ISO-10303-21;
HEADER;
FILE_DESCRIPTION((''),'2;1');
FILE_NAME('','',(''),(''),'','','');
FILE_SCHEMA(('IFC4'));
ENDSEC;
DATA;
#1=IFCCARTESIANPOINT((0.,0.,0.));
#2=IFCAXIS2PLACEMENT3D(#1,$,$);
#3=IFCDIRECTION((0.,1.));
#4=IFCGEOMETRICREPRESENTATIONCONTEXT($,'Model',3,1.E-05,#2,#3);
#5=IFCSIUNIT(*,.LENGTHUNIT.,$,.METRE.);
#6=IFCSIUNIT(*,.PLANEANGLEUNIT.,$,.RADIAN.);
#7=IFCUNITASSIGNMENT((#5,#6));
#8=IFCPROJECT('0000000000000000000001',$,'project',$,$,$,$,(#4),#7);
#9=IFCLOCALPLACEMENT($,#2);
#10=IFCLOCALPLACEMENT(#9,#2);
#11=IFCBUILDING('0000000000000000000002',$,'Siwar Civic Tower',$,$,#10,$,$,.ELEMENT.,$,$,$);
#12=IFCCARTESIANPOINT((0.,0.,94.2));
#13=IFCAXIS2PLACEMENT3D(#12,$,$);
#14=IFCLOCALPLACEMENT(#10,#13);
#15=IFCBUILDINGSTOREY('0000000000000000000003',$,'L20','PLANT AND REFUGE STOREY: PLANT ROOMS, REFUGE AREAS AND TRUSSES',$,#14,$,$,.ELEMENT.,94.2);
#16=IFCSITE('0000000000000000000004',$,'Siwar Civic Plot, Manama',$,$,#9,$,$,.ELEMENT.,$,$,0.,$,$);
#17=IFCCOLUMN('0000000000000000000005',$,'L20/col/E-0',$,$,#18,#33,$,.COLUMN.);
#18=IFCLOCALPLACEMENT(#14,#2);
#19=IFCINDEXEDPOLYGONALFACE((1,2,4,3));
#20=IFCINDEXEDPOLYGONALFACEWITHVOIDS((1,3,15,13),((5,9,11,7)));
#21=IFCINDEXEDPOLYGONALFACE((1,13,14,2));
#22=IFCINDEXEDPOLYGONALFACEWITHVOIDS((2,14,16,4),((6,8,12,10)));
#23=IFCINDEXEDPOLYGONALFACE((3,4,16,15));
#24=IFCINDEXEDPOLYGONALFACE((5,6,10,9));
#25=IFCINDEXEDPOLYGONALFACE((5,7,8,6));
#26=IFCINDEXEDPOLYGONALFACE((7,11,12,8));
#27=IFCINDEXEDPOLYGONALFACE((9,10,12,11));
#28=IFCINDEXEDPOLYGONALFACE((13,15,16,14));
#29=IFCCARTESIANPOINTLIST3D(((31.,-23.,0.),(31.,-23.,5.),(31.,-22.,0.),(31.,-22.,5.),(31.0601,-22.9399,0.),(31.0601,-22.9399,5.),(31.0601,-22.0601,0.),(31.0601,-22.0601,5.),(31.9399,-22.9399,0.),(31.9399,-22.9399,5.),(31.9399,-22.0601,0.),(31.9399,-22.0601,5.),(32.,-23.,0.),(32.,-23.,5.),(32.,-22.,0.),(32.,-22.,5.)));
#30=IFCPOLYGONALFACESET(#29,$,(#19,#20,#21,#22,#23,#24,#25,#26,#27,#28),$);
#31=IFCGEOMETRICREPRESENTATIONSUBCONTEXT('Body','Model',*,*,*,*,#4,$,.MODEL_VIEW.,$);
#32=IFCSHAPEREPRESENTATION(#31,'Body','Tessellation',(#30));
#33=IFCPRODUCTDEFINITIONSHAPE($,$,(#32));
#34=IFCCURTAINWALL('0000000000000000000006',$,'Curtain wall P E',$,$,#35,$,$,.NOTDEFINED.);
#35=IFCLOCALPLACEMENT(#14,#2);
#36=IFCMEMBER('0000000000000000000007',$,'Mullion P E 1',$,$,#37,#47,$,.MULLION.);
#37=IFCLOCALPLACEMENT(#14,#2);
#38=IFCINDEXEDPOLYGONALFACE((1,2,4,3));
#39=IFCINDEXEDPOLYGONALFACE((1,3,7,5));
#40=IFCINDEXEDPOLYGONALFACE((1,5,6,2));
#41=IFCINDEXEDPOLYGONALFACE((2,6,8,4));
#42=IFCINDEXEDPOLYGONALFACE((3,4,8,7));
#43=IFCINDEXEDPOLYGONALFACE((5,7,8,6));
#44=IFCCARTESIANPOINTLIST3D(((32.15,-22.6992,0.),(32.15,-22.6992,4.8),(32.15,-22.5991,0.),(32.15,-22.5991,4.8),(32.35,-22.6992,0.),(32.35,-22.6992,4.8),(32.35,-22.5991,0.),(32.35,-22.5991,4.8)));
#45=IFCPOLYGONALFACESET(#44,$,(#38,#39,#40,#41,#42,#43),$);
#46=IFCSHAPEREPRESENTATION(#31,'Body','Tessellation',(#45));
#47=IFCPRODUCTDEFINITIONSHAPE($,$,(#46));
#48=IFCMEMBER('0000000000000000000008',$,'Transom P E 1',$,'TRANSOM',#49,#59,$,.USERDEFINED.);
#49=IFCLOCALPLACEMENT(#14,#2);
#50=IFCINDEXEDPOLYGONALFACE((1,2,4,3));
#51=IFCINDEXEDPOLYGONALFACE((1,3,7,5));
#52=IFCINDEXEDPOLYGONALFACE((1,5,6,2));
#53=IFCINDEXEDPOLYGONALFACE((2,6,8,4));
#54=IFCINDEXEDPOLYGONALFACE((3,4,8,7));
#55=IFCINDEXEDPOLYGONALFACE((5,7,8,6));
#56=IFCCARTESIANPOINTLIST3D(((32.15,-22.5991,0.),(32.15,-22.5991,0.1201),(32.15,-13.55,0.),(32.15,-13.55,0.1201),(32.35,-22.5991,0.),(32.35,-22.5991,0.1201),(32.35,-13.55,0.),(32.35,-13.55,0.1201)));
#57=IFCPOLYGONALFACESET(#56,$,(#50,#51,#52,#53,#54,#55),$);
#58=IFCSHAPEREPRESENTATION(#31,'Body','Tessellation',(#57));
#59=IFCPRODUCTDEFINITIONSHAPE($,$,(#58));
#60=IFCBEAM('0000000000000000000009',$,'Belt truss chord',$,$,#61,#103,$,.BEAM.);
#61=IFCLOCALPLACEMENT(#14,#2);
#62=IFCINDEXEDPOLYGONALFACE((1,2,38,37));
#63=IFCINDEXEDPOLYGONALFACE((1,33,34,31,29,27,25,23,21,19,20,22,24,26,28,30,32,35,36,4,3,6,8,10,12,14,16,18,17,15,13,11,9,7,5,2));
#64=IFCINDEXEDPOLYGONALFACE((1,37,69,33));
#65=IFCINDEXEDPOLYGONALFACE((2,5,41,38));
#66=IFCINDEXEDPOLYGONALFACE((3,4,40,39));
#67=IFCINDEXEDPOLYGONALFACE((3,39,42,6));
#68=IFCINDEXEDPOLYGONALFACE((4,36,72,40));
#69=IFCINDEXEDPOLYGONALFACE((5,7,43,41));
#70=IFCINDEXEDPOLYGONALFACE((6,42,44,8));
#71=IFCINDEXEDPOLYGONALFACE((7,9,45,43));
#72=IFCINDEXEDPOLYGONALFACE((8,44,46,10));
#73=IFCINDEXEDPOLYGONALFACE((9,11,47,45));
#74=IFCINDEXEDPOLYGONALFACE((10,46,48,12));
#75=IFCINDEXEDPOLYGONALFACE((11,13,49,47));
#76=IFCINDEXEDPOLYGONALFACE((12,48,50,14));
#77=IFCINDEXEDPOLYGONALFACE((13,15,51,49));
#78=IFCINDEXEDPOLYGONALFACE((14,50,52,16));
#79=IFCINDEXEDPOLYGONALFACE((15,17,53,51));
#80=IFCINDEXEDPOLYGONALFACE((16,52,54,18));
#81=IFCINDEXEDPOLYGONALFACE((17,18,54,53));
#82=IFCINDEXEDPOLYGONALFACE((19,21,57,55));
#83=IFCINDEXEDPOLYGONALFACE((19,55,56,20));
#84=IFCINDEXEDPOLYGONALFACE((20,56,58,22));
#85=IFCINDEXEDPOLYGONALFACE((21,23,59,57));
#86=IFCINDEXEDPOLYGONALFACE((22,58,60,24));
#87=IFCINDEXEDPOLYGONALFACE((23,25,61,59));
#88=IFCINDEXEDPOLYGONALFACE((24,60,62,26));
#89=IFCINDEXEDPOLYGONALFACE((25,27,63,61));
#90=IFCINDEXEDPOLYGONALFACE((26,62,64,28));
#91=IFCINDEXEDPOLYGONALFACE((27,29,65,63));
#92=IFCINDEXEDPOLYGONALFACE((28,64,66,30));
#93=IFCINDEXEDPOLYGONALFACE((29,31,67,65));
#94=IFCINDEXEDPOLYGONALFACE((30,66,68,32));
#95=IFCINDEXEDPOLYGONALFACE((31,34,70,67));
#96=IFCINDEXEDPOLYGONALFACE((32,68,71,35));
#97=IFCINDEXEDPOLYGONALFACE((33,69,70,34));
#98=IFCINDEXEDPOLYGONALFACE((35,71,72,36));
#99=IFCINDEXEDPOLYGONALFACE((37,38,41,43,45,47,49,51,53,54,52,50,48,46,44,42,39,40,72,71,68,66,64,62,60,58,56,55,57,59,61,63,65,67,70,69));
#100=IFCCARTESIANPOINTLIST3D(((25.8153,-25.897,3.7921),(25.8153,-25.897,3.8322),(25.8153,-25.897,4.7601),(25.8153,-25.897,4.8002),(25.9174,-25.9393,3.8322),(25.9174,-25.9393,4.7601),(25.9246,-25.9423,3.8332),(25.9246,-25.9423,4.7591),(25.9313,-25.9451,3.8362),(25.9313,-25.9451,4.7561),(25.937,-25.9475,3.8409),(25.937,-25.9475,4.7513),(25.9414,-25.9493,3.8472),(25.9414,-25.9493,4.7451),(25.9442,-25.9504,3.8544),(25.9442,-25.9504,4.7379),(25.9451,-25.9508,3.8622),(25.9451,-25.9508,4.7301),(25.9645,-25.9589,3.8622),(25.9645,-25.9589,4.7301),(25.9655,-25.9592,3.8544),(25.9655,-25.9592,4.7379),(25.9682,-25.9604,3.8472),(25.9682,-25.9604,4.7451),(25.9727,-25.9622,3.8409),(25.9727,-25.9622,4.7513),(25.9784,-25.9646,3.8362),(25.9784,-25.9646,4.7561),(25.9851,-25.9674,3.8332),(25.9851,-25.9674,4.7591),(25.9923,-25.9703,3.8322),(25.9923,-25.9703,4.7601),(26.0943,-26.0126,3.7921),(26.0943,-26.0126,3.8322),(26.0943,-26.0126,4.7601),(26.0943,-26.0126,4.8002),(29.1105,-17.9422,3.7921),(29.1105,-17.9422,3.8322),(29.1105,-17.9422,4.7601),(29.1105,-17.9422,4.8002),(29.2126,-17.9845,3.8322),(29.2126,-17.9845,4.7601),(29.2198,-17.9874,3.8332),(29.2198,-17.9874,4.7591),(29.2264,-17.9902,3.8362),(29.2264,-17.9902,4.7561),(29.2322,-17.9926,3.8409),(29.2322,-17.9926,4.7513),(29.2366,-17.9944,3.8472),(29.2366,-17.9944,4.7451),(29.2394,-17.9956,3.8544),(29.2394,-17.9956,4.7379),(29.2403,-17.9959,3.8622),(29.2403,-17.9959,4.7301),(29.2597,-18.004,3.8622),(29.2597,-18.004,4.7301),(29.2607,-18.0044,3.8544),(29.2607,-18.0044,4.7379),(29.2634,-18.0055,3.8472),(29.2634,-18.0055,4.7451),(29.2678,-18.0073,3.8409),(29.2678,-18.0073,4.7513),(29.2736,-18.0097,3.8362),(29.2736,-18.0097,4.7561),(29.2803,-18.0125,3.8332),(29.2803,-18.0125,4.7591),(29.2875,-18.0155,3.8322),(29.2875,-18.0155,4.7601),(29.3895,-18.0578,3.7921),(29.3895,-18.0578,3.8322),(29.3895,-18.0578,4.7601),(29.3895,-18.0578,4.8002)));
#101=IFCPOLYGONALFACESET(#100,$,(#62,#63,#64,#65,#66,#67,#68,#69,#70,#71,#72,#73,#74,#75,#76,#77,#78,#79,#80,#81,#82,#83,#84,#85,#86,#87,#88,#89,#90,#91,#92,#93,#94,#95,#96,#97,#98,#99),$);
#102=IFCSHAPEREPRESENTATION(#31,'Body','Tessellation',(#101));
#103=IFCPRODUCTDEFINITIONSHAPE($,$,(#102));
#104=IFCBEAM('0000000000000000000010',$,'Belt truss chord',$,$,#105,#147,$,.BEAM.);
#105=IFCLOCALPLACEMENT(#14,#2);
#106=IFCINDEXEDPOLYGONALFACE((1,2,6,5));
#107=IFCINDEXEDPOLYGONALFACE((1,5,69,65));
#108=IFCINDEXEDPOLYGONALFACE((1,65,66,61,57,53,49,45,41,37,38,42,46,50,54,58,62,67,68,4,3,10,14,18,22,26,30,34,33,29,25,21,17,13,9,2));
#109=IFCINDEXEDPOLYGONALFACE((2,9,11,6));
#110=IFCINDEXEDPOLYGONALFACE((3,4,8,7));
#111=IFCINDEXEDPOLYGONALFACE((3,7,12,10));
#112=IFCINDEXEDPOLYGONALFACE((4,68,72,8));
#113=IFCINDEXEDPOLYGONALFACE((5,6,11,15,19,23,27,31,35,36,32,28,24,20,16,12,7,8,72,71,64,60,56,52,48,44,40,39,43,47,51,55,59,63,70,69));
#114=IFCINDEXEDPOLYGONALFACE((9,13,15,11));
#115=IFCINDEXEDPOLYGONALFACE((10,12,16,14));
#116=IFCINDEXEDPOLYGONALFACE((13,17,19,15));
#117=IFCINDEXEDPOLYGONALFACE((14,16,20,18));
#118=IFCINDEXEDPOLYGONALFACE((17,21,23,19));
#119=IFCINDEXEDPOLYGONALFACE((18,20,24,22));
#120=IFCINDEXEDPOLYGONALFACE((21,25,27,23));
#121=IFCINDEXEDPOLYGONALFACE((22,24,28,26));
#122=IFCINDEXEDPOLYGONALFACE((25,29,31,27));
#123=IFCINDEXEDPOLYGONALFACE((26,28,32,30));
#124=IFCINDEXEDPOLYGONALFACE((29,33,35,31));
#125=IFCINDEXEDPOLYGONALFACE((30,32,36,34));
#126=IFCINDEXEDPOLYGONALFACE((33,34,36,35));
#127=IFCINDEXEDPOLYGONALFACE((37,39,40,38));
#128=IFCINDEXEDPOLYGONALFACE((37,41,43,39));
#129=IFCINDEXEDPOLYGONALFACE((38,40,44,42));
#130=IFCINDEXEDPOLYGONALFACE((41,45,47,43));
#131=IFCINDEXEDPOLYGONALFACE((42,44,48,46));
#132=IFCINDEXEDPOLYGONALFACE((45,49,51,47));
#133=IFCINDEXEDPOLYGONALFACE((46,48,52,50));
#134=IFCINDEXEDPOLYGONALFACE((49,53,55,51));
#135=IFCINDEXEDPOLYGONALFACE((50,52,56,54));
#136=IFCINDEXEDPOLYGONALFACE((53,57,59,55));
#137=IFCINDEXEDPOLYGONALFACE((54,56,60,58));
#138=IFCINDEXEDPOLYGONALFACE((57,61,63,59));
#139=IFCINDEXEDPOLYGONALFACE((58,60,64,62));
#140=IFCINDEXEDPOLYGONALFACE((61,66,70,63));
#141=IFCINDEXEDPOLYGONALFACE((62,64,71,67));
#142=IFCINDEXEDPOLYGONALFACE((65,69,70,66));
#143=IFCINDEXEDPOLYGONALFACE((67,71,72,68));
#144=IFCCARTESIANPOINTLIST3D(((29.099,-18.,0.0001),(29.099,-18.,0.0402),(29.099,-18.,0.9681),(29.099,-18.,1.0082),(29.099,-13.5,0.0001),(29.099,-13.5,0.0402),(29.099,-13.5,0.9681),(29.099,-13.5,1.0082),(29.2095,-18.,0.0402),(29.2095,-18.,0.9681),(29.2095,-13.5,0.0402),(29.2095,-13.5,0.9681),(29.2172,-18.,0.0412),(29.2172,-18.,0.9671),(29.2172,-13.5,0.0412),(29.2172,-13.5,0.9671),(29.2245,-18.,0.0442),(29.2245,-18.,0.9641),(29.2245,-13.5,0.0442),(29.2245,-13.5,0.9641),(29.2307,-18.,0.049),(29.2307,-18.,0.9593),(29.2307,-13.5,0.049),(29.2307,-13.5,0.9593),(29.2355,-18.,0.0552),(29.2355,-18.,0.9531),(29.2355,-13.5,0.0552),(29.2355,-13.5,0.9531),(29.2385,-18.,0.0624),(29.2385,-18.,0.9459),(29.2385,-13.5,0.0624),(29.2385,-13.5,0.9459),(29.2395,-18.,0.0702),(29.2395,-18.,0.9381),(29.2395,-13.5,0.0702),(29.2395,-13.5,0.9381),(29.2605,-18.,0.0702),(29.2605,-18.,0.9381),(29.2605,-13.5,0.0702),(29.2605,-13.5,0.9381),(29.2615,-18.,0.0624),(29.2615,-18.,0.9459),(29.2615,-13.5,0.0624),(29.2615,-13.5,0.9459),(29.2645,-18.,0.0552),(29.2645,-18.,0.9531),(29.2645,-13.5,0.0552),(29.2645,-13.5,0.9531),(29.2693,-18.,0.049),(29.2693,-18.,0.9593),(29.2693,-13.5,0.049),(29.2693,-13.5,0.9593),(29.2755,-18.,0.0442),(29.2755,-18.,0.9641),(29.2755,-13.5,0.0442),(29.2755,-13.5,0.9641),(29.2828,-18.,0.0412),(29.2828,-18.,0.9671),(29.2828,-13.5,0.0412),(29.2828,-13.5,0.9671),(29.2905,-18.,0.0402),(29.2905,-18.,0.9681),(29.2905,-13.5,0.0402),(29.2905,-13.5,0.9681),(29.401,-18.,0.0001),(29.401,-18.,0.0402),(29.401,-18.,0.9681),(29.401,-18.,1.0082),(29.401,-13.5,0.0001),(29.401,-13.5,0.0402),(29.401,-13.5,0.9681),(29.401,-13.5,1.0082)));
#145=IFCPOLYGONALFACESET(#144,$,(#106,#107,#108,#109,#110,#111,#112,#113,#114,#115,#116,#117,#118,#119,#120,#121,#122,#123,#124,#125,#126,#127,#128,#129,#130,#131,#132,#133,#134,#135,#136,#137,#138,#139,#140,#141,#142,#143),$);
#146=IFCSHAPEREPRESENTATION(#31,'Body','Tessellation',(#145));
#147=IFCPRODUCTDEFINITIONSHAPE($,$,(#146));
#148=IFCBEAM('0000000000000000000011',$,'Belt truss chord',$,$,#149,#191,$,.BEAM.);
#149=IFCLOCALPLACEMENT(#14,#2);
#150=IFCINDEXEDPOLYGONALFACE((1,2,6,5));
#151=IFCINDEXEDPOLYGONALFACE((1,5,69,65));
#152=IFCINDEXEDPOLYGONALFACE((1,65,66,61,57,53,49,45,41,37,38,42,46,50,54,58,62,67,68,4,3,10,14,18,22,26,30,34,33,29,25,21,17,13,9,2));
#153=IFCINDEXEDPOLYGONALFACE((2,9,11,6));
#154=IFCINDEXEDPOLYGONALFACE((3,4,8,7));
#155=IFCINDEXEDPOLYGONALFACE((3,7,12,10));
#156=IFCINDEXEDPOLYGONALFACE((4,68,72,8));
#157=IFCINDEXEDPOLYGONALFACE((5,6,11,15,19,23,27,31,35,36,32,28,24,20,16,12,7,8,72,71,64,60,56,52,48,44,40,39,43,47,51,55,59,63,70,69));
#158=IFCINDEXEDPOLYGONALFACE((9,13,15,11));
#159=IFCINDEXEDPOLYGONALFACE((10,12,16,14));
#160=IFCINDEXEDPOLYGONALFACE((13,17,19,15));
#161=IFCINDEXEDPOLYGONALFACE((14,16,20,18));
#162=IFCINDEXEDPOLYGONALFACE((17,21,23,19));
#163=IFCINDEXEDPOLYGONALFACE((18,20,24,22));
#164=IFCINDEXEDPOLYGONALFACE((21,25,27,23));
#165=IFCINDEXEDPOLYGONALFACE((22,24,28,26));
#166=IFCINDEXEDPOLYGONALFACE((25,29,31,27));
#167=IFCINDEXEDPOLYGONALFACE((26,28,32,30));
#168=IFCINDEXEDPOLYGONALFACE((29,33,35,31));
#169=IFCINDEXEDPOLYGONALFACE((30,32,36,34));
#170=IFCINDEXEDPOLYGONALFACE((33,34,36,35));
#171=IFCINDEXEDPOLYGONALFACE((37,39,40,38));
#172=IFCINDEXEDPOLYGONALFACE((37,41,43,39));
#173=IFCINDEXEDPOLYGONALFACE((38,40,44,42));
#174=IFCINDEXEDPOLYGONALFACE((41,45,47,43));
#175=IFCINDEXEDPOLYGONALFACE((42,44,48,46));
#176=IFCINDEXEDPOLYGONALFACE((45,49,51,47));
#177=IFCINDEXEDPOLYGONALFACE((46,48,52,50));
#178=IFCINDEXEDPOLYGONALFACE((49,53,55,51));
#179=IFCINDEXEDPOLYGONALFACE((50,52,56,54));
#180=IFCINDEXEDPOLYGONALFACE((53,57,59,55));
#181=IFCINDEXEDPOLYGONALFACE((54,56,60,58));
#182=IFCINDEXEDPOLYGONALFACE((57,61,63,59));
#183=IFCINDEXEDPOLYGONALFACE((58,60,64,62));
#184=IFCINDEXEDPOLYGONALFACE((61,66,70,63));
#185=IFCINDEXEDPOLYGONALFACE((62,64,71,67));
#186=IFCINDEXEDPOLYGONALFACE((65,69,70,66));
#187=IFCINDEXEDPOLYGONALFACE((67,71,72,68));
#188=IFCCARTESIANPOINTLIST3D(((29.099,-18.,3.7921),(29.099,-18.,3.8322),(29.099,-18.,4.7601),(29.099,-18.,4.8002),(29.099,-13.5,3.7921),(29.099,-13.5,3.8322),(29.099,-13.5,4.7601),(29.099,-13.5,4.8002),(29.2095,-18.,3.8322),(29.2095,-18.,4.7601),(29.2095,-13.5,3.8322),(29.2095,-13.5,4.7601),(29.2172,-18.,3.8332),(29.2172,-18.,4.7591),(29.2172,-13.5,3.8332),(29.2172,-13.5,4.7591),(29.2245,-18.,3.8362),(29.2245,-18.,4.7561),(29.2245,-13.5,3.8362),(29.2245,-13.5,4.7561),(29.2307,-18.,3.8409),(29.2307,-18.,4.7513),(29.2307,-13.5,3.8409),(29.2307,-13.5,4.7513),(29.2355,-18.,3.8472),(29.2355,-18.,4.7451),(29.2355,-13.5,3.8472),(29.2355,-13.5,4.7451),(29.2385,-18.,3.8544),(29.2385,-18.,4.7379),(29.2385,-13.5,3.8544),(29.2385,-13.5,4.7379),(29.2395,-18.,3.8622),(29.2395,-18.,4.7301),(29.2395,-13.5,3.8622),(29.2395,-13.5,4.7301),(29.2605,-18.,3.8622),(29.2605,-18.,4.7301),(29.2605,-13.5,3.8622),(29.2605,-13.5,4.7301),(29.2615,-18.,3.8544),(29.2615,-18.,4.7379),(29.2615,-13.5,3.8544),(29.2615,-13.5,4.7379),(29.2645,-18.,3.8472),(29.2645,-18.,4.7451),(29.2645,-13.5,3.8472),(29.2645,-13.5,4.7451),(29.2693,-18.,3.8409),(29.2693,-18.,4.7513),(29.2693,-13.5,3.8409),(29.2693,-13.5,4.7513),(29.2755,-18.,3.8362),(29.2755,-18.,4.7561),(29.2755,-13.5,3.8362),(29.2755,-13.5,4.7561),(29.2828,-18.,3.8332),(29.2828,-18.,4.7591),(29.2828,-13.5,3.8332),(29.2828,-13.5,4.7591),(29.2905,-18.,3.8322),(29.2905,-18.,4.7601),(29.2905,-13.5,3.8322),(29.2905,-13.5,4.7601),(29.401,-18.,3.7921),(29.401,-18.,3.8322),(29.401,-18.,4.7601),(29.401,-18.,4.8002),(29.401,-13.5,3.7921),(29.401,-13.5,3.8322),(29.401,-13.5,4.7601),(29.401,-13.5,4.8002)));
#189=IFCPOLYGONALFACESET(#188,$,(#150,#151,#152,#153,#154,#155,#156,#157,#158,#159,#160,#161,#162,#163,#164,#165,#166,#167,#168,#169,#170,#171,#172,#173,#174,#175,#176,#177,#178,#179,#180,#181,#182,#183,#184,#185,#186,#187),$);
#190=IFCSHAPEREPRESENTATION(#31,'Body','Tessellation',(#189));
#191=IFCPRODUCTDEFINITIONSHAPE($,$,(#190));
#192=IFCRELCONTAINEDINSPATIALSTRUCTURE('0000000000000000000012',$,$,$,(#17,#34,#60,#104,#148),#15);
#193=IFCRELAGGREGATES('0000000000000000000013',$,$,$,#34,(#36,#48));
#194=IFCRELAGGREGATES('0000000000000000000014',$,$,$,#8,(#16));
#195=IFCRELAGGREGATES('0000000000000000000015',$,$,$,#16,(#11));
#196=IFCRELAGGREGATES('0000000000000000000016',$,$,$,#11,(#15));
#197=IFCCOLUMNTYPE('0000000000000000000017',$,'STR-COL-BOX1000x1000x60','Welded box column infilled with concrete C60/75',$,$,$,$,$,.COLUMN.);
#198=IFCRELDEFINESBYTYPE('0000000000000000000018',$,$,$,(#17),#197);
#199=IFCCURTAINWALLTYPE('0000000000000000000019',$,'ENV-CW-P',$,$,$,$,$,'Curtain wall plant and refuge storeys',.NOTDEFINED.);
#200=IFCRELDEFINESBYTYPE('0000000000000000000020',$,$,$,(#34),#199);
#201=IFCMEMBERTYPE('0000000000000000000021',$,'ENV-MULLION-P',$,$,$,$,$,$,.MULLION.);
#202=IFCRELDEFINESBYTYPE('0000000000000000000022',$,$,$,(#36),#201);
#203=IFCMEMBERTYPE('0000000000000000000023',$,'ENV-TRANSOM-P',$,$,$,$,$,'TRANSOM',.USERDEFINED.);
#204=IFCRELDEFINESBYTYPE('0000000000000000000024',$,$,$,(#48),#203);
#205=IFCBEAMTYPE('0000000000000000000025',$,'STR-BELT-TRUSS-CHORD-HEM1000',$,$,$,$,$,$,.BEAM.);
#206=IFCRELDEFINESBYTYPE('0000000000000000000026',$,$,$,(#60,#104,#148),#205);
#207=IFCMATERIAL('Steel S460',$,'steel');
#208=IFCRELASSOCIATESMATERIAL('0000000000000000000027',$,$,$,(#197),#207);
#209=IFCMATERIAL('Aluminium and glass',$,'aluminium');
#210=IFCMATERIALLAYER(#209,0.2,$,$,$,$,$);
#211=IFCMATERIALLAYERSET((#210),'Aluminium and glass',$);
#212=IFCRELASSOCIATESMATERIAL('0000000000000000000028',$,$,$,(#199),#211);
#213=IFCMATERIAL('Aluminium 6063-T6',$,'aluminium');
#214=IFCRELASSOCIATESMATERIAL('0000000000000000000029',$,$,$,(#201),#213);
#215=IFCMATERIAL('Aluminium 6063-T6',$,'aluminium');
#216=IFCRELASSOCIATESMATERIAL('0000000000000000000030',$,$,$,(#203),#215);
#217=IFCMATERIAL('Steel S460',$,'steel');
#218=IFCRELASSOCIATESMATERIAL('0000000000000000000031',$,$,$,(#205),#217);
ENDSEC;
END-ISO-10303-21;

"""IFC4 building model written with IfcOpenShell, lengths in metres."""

from ifc_helpers import new_model, si_unit, direction, frame, origin, origin_2d, place, context, subcontext, project, spatial, rectangle, hollow_rectangle, i_section, extrude, material, layer, layer_set, material_profile, profile_set, type_object, element, aggregate, save


model = new_model("IFC4")

# Units and contexts
model_context = context("Model", 3, precision=1e-05, world=origin(), true_north=direction((0.0, 1.0)))
body_context = subcontext(model_context, "Body", "Model", "MODEL_VIEW")
ifc_project = project(units=[si_unit("LENGTHUNIT", "METRE"), si_unit("PLANEANGLEUNIT", "RADIAN")], contexts=[model_context])

# Site, building, storey
site_placement = place(None, origin())
site = spatial("IfcSite", under=ifc_project, at=site_placement, Name="Siwar Civic Plot, Manama", CompositionType="ELEMENT", RefElevation=0.0)
building_placement = place(site_placement, origin())
building = spatial("IfcBuilding", under=site, at=building_placement, Name="Siwar Civic Tower", CompositionType="ELEMENT")
storey_placement = place(building_placement, frame((0.0, 0.0, 94.2)))
storey = spatial("IfcBuildingStorey", under=building, at=storey_placement, Name="L20", Description="PLANT AND REFUGE STOREY: PLANT ROOMS, REFUGE AREAS AND TRUSSES", CompositionType="ELEMENT", Elevation=94.2)

# Column
ifc_material_1 = material(Name="Steel S460", Category="steel")
ifc_material_profile_1 = material_profile(ifc_material_1, hollow_rectangle(XDim=1.0, YDim=1.0, WallThickness=0.0601, at=origin_2d()), Name="BOX1000x1000x60")
ifc_profile_set_1 = profile_set([ifc_material_profile_1], Name="Steel S460")
column_type = type_object("IfcColumnType", Name="STR-COL-BOX1000x1000x60", Description="Welded box column infilled with concrete C60/75", PredefinedType="COLUMN", material=ifc_profile_set_1)
column_placement = place(storey_placement, frame((31.5, -22.5, 0.0), z_axis=(0.0, 0.0, 1.0), x_axis=(1.0, 0.0, 0.0)))
element("IfcColumn", 1, at=column_placement, inside=storey, type_object=column_type, Name="L20/col/E-0", PredefinedType="COLUMN", context=body_context, shape_type="SweptSolid", body=[
    extrude(hollow_rectangle(XDim=1.0, YDim=1.0, WallThickness=0.0601, at=origin_2d()), origin(), (0.0, 0.0, 1.0), 5.0),
])

# Curtain wall, members
ifc_material_2 = material(Name="Aluminium and glass", Category="aluminium")
ifc_layer_1 = layer(ifc_material_2, 0.2)
ifc_layer_set_1 = layer_set([ifc_layer_1], Name="Aluminium and glass")
curtain_wall_type = type_object("IfcCurtainWallType", Name="ENV-CW-P", ElementType="Curtain wall plant and refuge storeys", PredefinedType="NOTDEFINED", material=ifc_layer_set_1)
curtain_wall_placement = place(storey_placement, origin())
curtain_wall = element("IfcCurtainWall", 2, at=curtain_wall_placement, inside=storey, type_object=curtain_wall_type, Name="Curtain wall P E", PredefinedType="NOTDEFINED")
ifc_material_3 = material(Name="Aluminium 6063-T6", Category="aluminium")
ifc_material_profile_2 = material_profile(ifc_material_3, rectangle(XDim=0.2, YDim=0.1001, at=origin_2d()), Name="AL 200x100")
ifc_profile_set_2 = profile_set([ifc_material_profile_2], Name="Aluminium 6063-T6")
member_type_1 = type_object("IfcMemberType", Name="ENV-MULLION-P", PredefinedType="MULLION", material=ifc_profile_set_2)
member_1_placement = place(storey_placement, frame((32.25, -22.6492, 0.0), z_axis=(0.0, 0.0, 1.0), x_axis=(-1.0, 0.0, 0.0)))
member_1 = element("IfcMember", 3, at=member_1_placement, type_object=member_type_1, Name="Mullion P E 1", PredefinedType="MULLION", context=body_context, shape_type="SweptSolid", body=[
    extrude(rectangle(XDim=0.2, YDim=0.1001, at=origin_2d()), origin(), (0.0, 0.0, 1.0), 4.8),
])
ifc_material_4 = material(Name="Aluminium 6063-T6", Category="aluminium")
ifc_material_profile_3 = material_profile(ifc_material_4, rectangle(XDim=0.2, YDim=0.1201, at=origin_2d()), Name="AL 200x120")
ifc_profile_set_3 = profile_set([ifc_material_profile_3], Name="Aluminium 6063-T6")
member_type_2 = type_object("IfcMemberType", Name="ENV-TRANSOM-P", ElementType="TRANSOM", PredefinedType="USERDEFINED", material=ifc_profile_set_3)
member_2_placement = place(storey_placement, frame((32.25, -22.5991, 0.0601), z_axis=(0.0, 1.0, 0.0), x_axis=(-1.0, 0.0, 0.0)))
member_2 = element("IfcMember", 4, at=member_2_placement, type_object=member_type_2, Name="Transom P E 1", ObjectType="TRANSOM", PredefinedType="USERDEFINED", context=body_context, shape_type="SweptSolid", body=[
    extrude(rectangle(XDim=0.2, YDim=0.1201, at=origin_2d()), origin(), (0.0, 0.0, 1.0), 9.0491),
])

# Beams
ifc_material_5 = material(Name="Steel S460", Category="steel")
ifc_material_profile_4 = material_profile(ifc_material_5, i_section(OverallWidth=0.302, OverallDepth=1.0081, WebThickness=0.021, FlangeThickness=0.04, FilletRadius=0.03, at=origin_2d()), Name="HEM1000")
ifc_profile_set_4 = profile_set([ifc_material_profile_4], Name="Steel S460")
beam_type_1 = type_object("IfcBeamType", Name="STR-BELT-TRUSS-CHORD-HEM1000", PredefinedType="BEAM", material=ifc_profile_set_4)
beam_1_placement = place(storey_placement, frame((25.9548, -25.9548, 4.2961), z_axis=(0.3827, 0.923873, 0.0), x_axis=(-0.923873, 0.3827, 0.0)))
element("IfcBeam", 5, at=beam_1_placement, inside=storey, type_object=beam_type_1, Name="Belt truss chord", PredefinedType="BEAM", context=body_context, shape_type="SweptSolid", body=[
    extrude(i_section(OverallWidth=0.302, OverallDepth=1.0081, WebThickness=0.021, FlangeThickness=0.04, FilletRadius=0.03, at=origin_2d()), origin(), (0.0, 0.0, 1.0), 8.6104),
])
for number, where, z_axis, x_axis, name in (
    (6, (29.25, -18.0, 0.5042), (0.0, 1.0, 0.0), (-1.0, 0.0, 0.0), "Belt truss chord"),
    (7, (29.25, -18.0, 4.2961), (0.0, 1.0, 0.0), (-1.0, 0.0, 0.0), "Belt truss chord"),
):
    element("IfcBeam", number, at=place(storey_placement, frame(where, z_axis=z_axis, x_axis=x_axis)), inside=storey, type_object=beam_type_1, Name=name, PredefinedType="BEAM", context=body_context, shape_type="SweptSolid", body=[
        extrude(i_section(OverallWidth=0.302, OverallDepth=1.0081, WebThickness=0.021, FlangeThickness=0.04, FilletRadius=0.03, at=origin_2d()), origin(), (0.0, 0.0, 1.0), 4.5),
    ])

aggregate(curtain_wall, [member_1, member_2])

save(model, "model.ifc")
